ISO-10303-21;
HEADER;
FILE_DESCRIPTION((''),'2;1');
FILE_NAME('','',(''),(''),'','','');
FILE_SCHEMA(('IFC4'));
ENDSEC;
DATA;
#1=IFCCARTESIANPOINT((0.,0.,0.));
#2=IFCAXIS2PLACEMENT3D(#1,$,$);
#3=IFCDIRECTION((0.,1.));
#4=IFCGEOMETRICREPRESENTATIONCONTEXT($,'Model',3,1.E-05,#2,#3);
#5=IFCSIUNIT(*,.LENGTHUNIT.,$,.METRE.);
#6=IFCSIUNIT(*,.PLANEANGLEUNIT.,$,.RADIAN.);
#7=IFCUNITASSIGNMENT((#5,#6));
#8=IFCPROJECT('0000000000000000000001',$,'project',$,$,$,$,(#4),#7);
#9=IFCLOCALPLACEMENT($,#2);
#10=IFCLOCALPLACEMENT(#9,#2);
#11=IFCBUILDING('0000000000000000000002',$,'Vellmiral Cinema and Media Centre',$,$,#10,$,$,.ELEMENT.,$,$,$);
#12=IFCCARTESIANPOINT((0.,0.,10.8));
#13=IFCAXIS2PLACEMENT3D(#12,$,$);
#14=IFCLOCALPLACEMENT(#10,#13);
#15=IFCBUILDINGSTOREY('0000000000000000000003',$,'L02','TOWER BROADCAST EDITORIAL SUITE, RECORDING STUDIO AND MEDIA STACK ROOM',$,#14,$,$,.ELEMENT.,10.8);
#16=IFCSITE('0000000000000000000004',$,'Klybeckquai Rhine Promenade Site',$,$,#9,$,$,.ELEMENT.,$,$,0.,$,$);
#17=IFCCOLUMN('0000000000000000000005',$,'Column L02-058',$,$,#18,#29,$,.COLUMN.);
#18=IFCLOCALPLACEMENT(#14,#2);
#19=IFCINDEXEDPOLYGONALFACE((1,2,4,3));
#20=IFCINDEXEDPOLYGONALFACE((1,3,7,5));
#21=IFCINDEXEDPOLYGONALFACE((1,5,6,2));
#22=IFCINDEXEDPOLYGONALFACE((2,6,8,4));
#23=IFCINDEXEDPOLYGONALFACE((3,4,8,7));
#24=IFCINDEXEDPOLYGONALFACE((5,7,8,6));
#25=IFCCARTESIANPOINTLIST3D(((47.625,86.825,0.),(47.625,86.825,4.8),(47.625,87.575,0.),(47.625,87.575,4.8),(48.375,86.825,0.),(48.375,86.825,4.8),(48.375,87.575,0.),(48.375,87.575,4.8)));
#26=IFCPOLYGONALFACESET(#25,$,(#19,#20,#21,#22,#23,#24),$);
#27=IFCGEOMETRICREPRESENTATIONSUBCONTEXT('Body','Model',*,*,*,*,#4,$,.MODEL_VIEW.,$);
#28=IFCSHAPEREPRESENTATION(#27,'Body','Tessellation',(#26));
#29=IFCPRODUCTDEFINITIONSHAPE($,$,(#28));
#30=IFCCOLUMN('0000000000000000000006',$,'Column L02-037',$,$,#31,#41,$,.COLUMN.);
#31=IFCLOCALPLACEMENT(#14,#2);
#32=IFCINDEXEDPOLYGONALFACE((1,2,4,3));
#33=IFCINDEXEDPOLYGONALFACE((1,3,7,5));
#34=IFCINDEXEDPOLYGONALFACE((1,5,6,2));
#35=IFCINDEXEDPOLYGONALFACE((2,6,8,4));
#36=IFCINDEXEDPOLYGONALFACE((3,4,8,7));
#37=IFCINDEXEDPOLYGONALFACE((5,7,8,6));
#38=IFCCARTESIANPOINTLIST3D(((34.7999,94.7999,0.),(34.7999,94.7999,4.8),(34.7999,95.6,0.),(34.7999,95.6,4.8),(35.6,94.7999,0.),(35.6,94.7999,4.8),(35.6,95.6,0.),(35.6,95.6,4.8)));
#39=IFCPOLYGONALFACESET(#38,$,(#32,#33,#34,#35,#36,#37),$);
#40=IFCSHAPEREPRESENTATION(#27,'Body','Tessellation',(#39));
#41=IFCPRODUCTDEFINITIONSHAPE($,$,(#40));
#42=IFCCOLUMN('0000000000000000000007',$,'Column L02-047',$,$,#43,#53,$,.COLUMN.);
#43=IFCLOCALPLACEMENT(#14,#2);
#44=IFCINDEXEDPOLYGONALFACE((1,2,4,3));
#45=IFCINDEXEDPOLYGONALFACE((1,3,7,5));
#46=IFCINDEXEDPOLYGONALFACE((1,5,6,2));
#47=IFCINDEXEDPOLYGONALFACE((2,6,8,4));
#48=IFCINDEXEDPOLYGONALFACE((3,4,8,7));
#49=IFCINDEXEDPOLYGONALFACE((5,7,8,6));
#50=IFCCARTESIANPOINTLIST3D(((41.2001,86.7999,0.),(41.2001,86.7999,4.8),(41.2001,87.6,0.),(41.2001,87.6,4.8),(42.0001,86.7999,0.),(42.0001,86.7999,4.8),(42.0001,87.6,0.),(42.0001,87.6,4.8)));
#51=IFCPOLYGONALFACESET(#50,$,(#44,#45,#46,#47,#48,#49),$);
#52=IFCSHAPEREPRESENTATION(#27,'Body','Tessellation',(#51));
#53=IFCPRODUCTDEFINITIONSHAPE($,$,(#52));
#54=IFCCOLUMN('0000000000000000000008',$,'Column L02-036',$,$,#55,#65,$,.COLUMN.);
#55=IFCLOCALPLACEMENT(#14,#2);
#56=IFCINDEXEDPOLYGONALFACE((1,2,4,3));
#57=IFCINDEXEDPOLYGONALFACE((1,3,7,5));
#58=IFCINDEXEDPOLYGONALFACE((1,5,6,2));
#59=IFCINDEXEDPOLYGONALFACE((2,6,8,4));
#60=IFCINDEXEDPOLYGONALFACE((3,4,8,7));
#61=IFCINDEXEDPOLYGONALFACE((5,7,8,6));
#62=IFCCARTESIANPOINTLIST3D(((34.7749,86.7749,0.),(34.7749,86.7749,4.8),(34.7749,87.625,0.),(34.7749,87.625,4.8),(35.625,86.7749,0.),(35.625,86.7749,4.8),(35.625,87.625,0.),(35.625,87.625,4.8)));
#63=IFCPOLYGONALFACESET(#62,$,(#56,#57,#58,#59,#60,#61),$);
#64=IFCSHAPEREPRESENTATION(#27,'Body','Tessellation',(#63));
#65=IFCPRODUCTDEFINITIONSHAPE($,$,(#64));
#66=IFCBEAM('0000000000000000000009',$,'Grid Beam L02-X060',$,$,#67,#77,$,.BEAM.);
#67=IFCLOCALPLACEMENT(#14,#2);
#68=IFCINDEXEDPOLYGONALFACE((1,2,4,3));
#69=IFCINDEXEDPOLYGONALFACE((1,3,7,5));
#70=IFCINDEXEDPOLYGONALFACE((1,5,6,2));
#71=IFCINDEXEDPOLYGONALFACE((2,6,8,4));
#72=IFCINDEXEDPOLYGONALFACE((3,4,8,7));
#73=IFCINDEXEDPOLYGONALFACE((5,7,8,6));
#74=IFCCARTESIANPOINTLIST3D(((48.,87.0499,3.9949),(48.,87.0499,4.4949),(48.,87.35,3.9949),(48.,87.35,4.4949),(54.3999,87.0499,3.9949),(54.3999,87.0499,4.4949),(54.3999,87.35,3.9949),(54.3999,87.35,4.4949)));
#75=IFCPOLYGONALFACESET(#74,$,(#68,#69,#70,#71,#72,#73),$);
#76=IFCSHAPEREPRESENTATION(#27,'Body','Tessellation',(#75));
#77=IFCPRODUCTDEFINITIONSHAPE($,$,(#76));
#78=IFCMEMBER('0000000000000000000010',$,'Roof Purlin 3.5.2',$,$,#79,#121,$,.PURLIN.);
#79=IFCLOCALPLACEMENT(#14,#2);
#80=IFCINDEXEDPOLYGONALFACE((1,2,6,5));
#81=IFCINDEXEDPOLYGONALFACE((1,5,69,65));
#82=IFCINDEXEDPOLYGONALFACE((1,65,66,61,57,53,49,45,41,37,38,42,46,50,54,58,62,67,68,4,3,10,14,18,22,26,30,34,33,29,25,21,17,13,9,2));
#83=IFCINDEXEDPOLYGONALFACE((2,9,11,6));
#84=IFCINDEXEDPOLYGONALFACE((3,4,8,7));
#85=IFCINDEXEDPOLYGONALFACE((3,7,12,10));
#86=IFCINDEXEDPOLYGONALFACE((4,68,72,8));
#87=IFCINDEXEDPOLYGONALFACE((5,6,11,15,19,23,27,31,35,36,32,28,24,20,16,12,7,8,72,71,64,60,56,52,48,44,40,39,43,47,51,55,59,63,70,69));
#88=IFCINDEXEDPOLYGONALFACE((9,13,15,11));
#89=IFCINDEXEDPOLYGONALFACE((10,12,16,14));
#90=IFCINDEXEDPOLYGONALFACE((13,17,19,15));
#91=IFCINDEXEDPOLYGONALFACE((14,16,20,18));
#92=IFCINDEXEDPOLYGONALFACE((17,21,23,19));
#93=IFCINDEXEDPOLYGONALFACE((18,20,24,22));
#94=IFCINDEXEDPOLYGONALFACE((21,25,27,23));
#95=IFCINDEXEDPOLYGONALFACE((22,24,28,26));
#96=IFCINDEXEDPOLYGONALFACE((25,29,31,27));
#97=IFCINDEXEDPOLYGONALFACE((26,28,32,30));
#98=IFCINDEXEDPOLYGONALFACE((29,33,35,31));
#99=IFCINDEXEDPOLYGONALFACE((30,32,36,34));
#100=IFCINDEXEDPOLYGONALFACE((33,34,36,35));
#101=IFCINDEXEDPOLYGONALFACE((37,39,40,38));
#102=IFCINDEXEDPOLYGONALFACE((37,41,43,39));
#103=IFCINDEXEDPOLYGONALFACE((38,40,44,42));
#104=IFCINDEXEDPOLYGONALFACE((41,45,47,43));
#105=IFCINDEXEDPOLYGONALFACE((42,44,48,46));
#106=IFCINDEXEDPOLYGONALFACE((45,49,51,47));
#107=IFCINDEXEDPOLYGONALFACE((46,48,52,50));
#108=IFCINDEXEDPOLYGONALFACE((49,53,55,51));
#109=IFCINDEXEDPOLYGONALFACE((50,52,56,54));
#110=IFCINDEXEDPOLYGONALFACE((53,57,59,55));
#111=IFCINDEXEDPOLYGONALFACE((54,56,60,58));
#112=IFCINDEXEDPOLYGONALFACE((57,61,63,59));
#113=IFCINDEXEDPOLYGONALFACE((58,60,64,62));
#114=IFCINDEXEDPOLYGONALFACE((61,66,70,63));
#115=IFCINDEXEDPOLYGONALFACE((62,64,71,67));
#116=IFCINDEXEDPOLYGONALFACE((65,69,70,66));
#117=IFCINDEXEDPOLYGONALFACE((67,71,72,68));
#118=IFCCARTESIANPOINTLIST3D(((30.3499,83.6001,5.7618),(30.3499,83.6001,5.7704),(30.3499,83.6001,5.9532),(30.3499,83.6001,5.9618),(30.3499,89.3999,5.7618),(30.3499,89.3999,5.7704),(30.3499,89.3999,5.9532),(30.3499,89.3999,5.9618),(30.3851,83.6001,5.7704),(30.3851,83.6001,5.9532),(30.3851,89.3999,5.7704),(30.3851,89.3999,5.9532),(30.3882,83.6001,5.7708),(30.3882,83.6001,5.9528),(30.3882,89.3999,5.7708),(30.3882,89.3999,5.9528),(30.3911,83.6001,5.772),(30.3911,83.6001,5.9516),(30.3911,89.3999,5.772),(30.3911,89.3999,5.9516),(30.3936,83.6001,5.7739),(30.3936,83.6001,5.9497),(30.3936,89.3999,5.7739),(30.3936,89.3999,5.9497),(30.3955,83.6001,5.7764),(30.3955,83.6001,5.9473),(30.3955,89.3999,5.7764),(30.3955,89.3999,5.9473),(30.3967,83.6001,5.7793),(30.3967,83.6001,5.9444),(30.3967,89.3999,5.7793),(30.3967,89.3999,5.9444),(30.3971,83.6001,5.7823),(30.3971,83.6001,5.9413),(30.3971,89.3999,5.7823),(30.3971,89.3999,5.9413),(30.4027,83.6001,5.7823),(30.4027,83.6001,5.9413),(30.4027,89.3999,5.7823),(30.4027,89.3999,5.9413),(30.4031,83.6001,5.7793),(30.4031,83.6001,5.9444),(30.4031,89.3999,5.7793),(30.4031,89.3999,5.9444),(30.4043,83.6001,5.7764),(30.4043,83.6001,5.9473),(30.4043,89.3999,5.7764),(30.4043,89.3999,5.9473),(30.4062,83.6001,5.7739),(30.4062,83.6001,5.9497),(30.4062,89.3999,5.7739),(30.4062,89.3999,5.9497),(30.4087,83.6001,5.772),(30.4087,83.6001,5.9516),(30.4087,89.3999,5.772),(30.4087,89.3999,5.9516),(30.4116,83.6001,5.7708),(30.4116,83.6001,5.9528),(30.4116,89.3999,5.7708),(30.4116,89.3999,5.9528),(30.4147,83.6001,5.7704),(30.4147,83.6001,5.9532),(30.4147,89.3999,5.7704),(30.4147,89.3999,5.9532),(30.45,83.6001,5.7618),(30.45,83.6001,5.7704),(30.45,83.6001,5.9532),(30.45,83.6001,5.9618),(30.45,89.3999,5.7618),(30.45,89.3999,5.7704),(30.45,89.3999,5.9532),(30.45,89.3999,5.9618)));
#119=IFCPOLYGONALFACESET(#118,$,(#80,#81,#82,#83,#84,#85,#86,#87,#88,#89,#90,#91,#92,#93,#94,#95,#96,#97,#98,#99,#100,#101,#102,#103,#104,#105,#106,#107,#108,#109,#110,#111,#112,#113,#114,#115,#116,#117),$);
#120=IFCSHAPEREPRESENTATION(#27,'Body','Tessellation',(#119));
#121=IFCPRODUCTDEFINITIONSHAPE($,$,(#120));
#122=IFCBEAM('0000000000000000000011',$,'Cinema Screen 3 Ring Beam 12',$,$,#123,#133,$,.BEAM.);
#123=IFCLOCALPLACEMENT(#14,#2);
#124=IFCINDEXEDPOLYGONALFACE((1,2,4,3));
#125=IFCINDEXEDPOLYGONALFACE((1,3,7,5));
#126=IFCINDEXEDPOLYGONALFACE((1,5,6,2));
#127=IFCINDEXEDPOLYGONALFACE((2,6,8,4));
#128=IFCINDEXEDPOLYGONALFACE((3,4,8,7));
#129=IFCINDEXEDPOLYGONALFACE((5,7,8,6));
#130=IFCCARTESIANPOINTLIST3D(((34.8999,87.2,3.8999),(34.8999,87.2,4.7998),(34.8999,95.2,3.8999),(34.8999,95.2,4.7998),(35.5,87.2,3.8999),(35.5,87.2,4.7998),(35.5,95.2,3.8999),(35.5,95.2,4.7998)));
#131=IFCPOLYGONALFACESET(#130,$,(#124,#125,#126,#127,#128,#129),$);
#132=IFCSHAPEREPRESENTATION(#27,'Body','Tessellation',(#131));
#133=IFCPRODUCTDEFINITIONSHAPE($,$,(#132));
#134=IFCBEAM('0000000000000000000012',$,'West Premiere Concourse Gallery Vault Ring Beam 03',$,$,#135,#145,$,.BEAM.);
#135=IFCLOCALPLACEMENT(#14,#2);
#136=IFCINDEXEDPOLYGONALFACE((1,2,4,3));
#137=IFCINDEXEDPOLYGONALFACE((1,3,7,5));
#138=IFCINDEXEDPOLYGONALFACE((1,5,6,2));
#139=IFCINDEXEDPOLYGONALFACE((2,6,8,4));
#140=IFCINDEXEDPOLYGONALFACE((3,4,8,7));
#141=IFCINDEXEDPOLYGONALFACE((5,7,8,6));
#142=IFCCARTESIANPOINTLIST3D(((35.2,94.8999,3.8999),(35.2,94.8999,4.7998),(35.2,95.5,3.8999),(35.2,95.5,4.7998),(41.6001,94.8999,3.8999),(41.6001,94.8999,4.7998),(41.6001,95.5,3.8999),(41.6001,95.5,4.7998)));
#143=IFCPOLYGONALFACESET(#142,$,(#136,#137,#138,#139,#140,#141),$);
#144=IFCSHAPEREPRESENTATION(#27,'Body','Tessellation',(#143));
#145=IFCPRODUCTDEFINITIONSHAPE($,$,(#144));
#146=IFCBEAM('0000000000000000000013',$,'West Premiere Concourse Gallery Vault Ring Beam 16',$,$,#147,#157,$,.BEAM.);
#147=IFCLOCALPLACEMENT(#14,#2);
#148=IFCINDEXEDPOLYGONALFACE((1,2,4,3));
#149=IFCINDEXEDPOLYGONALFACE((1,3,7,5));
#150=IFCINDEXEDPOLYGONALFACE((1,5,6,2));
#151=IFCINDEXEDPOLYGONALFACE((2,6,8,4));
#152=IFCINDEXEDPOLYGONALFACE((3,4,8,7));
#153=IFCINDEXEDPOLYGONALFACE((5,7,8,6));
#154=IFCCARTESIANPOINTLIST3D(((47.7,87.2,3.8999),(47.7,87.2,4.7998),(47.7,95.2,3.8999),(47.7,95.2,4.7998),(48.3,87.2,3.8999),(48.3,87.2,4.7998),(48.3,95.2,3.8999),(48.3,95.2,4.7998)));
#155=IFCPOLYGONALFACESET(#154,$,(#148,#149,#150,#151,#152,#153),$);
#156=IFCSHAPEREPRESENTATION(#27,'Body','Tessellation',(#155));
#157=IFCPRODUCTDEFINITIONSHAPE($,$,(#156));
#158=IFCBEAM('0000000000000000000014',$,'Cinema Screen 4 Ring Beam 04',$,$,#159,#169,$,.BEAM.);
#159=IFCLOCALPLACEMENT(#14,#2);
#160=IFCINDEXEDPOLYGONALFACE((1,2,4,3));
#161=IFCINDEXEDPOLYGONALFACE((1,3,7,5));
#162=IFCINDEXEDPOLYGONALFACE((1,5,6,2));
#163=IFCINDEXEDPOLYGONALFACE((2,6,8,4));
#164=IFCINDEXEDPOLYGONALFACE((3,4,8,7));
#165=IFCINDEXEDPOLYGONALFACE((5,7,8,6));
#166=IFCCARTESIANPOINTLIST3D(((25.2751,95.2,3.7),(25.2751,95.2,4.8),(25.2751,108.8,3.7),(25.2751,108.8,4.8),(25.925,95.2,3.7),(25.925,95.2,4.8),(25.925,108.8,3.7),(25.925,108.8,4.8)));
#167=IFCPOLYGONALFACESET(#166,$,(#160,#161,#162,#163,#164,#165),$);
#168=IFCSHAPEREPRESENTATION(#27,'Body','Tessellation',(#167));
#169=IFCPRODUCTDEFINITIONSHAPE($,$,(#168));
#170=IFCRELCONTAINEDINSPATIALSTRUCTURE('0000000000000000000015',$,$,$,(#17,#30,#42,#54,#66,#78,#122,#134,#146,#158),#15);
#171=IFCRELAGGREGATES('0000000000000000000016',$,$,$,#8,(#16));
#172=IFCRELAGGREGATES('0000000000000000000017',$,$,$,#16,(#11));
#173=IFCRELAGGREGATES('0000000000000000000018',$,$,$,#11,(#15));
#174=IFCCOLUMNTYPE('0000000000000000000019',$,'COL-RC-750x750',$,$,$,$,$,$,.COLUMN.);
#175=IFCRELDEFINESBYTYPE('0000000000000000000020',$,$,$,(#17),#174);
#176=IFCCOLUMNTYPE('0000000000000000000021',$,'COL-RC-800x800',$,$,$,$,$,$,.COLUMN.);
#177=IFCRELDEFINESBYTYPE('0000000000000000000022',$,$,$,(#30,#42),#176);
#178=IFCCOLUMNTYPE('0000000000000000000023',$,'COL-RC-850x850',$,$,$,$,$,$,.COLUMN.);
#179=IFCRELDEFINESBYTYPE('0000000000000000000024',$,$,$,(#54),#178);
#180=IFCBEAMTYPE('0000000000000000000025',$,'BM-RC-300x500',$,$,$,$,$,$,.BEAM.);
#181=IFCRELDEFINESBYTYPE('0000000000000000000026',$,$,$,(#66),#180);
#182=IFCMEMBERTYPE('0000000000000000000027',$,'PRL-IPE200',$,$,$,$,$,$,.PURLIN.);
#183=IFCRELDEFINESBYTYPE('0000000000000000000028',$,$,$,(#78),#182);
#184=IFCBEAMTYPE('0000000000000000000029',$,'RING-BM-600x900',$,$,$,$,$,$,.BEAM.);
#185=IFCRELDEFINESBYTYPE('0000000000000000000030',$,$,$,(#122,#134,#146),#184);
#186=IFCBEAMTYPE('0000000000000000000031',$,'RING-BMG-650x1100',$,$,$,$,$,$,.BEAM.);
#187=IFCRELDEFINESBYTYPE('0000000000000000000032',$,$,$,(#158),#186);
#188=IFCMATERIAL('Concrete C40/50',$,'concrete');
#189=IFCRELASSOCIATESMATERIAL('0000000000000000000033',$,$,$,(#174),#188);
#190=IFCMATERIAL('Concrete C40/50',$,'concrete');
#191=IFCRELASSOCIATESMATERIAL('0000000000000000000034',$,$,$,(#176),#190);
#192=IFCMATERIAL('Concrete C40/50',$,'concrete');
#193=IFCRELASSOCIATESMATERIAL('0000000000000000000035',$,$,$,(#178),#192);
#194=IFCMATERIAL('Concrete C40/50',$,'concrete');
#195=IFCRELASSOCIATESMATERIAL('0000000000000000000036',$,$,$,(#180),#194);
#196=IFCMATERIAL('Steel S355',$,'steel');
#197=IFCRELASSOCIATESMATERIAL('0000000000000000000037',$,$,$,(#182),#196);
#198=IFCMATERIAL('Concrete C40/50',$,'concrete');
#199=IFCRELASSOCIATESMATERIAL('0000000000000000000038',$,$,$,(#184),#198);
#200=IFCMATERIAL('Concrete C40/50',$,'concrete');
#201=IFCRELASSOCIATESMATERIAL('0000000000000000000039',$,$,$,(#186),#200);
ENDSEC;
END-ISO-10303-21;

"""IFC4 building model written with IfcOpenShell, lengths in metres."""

from ifc_helpers import new_model, si_unit, direction, frame, origin, origin_2d, place, context, subcontext, project, spatial, rectangle, i_section, extrude, material, material_profile, profile_set, type_object, element, save


model = new_model("IFC4")

# Units and contexts
model_context = context("Model", 3, precision=1e-05, world=origin(), true_north=direction((0.0, 1.0)))
body_context = subcontext(model_context, "Body", "Model", "MODEL_VIEW")
ifc_project = project(units=[si_unit("LENGTHUNIT", "METRE"), si_unit("PLANEANGLEUNIT", "RADIAN")], contexts=[model_context])

# Site, building, storey
site_placement = place(None, origin())
site = spatial("IfcSite", under=ifc_project, at=site_placement, Name="Klybeckquai Rhine Promenade Site", CompositionType="ELEMENT", RefElevation=0.0)
building_placement = place(site_placement, origin())
building = spatial("IfcBuilding", under=site, at=building_placement, Name="Vellmiral Cinema and Media Centre", CompositionType="ELEMENT")
storey_placement = place(building_placement, frame((0.0, 0.0, 10.8)))
storey = spatial("IfcBuildingStorey", under=building, at=storey_placement, Name="L02", Description="TOWER BROADCAST EDITORIAL SUITE, RECORDING STUDIO AND MEDIA STACK ROOM", CompositionType="ELEMENT", Elevation=10.8)

# Columns
ifc_material_1 = material(Name="Concrete C40/50", Category="concrete")
ifc_material_profile_1 = material_profile(ifc_material_1, rectangle(XDim=0.75, YDim=0.75, at=origin_2d()), Name="RC 750x750")
ifc_profile_set_1 = profile_set([ifc_material_profile_1], Name="Concrete C40/50")
column_type_1 = type_object("IfcColumnType", Name="COL-RC-750x750", PredefinedType="COLUMN", material=ifc_profile_set_1)
column_1_placement = place(storey_placement, frame((48.0, 87.2, 0.0), z_axis=(0.0, 0.0, 1.0), x_axis=(1.0, 0.0, 0.0)))
element("IfcColumn", 1, at=column_1_placement, inside=storey, type_object=column_type_1, Name="Column L02-058", PredefinedType="COLUMN", context=body_context, shape_type="SweptSolid", body=[
    extrude(rectangle(XDim=0.75, YDim=0.75, at=origin_2d()), origin(), (0.0, 0.0, 1.0), 4.8),
])
ifc_material_2 = material(Name="Concrete C40/50", Category="concrete")
ifc_material_profile_2 = material_profile(ifc_material_2, rectangle(XDim=0.8, YDim=0.8, at=origin_2d()), Name="RC 800x800")
ifc_profile_set_2 = profile_set([ifc_material_profile_2], Name="Concrete C40/50")
column_type_2 = type_object("IfcColumnType", Name="COL-RC-800x800", PredefinedType="COLUMN", material=ifc_profile_set_2)
for number, where, z_axis, x_axis, name in (
    (2, (35.2, 95.2, 0.0), (0.0, 0.0, 1.0), (1.0, 0.0, 0.0), "Column L02-037"),
    (3, (41.6001, 87.2, 0.0), (0.0, 0.0, 1.0), (1.0, 0.0, 0.0), "Column L02-047"),
):
    element("IfcColumn", number, at=place(storey_placement, frame(where, z_axis=z_axis, x_axis=x_axis)), inside=storey, type_object=column_type_2, Name=name, PredefinedType="COLUMN", context=body_context, shape_type="SweptSolid", body=[
        extrude(rectangle(XDim=0.8, YDim=0.8, at=origin_2d()), origin(), (0.0, 0.0, 1.0), 4.8),
    ])
ifc_material_3 = material(Name="Concrete C40/50", Category="concrete")
ifc_material_profile_3 = material_profile(ifc_material_3, rectangle(XDim=0.8501, YDim=0.8501, at=origin_2d()), Name="RC 850x850")
ifc_profile_set_3 = profile_set([ifc_material_profile_3], Name="Concrete C40/50")
column_type_3 = type_object("IfcColumnType", Name="COL-RC-850x850", PredefinedType="COLUMN", material=ifc_profile_set_3)
column_2_placement = place(storey_placement, frame((35.2, 87.2, 0.0), z_axis=(0.0, 0.0, 1.0), x_axis=(1.0, 0.0, 0.0)))
element("IfcColumn", 4, at=column_2_placement, inside=storey, type_object=column_type_3, Name="Column L02-036", PredefinedType="COLUMN", context=body_context, shape_type="SweptSolid", body=[
    extrude(rectangle(XDim=0.8501, YDim=0.8501, at=origin_2d()), origin(), (0.0, 0.0, 1.0), 4.8),
])

# Beam
ifc_material_4 = material(Name="Concrete C40/50", Category="concrete")
ifc_material_profile_4 = material_profile(ifc_material_4, rectangle(XDim=0.3, YDim=0.5, at=origin_2d()), Name="RC 300x500")
ifc_profile_set_4 = profile_set([ifc_material_profile_4], Name="Concrete C40/50")
beam_type_1 = type_object("IfcBeamType", Name="BM-RC-300x500", PredefinedType="BEAM", material=ifc_profile_set_4)
beam_1_placement = place(storey_placement, frame((48.0, 87.2, 4.2449), z_axis=(1.0, 0.0, 0.0), x_axis=(0.0, 1.0, 0.0)))
element("IfcBeam", 5, at=beam_1_placement, inside=storey, type_object=beam_type_1, Name="Grid Beam L02-X060", PredefinedType="BEAM", context=body_context, shape_type="SweptSolid", body=[
    extrude(rectangle(XDim=0.3, YDim=0.5, at=origin_2d()), origin(), (0.0, 0.0, 1.0), 6.3999),
])

# Member
ifc_material_5 = material(Name="Steel S355", Category="steel")
ifc_material_profile_5 = material_profile(ifc_material_5, i_section(OverallWidth=0.1001, OverallDepth=0.2, WebThickness=0.0056, FlangeThickness=0.0085, FilletRadius=0.012, at=origin_2d()), Name="IPE 200")
ifc_profile_set_5 = profile_set([ifc_material_profile_5], Name="Steel S355")
member_type_1 = type_object("IfcMemberType", Name="PRL-IPE200", PredefinedType="PURLIN", material=ifc_profile_set_5)
member_placement = place(storey_placement, frame((30.3999, 83.6001, 5.8618), z_axis=(0.0, 1.0, 0.0), x_axis=(-1.0, 0.0, 0.0)))
element("IfcMember", 6, at=member_placement, inside=storey, type_object=member_type_1, Name="Roof Purlin 3.5.2", PredefinedType="PURLIN", context=body_context, shape_type="SweptSolid", body=[
    extrude(i_section(OverallWidth=0.1001, OverallDepth=0.2, WebThickness=0.0056, FlangeThickness=0.0085, FilletRadius=0.012, at=origin_2d()), origin(), (0.0, 0.0, 1.0), 5.7998),
])

# Beams
ifc_material_6 = material(Name="Concrete C40/50", Category="concrete")
ifc_material_profile_6 = material_profile(ifc_material_6, rectangle(XDim=0.6001, YDim=0.8999, at=origin_2d()), Name="RC 600x900")
ifc_profile_set_6 = profile_set([ifc_material_profile_6], Name="Concrete C40/50")
beam_type_2 = type_object("IfcBeamType", Name="RING-BM-600x900", PredefinedType="BEAM", material=ifc_profile_set_6)
beam_2_placement = place(storey_placement, frame((35.2, 87.2, 4.3499), z_axis=(0.0, 1.0, 0.0), x_axis=(-1.0, 0.0, 0.0)))
element("IfcBeam", 7, at=beam_2_placement, inside=storey, type_object=beam_type_2, Name="Cinema Screen 3 Ring Beam 12", PredefinedType="BEAM", context=body_context, shape_type="SweptSolid", body=[
    extrude(rectangle(XDim=0.6001, YDim=0.8999, at=origin_2d()), origin(), (0.0, 0.0, 1.0), 8.0),
])
beam_3_placement = place(storey_placement, frame((35.2, 95.2, 4.3499), z_axis=(1.0, 0.0, 0.0), x_axis=(0.0, 1.0, 0.0)))
element("IfcBeam", 8, at=beam_3_placement, inside=storey, type_object=beam_type_2, Name="West Premiere Concourse Gallery Vault Ring Beam 03", PredefinedType="BEAM", context=body_context, shape_type="SweptSolid", body=[
    extrude(rectangle(XDim=0.6001, YDim=0.8999, at=origin_2d()), origin(), (0.0, 0.0, 1.0), 6.4001),
])
beam_4_placement = place(storey_placement, frame((48.0, 87.2, 4.3499), z_axis=(0.0, 1.0, 0.0), x_axis=(-1.0, 0.0, 0.0)))
element("IfcBeam", 9, at=beam_4_placement, inside=storey, type_object=beam_type_2, Name="West Premiere Concourse Gallery Vault Ring Beam 16", PredefinedType="BEAM", context=body_context, shape_type="SweptSolid", body=[
    extrude(rectangle(XDim=0.6001, YDim=0.8999, at=origin_2d()), origin(), (0.0, 0.0, 1.0), 8.0),
])
ifc_material_7 = material(Name="Concrete C40/50", Category="concrete")
ifc_material_profile_7 = material_profile(ifc_material_7, rectangle(XDim=0.6499, YDim=1.1001, at=origin_2d()), Name="RC 650x1100")
ifc_profile_set_7 = profile_set([ifc_material_profile_7], Name="Concrete C40/50")
beam_type_3 = type_object("IfcBeamType", Name="RING-BMG-650x1100", PredefinedType="BEAM", material=ifc_profile_set_7)
beam_5_placement = place(storey_placement, frame((25.6001, 95.2, 4.25), z_axis=(0.0, 1.0, 0.0), x_axis=(-1.0, 0.0, 0.0)))
element("IfcBeam", 10, at=beam_5_placement, inside=storey, type_object=beam_type_3, Name="Cinema Screen 4 Ring Beam 04", PredefinedType="BEAM", context=body_context, shape_type="SweptSolid", body=[
    extrude(rectangle(XDim=0.6499, YDim=1.1001, at=origin_2d()), origin(), (0.0, 0.0, 1.0), 13.6001),
])

save(model, "model.ifc")
